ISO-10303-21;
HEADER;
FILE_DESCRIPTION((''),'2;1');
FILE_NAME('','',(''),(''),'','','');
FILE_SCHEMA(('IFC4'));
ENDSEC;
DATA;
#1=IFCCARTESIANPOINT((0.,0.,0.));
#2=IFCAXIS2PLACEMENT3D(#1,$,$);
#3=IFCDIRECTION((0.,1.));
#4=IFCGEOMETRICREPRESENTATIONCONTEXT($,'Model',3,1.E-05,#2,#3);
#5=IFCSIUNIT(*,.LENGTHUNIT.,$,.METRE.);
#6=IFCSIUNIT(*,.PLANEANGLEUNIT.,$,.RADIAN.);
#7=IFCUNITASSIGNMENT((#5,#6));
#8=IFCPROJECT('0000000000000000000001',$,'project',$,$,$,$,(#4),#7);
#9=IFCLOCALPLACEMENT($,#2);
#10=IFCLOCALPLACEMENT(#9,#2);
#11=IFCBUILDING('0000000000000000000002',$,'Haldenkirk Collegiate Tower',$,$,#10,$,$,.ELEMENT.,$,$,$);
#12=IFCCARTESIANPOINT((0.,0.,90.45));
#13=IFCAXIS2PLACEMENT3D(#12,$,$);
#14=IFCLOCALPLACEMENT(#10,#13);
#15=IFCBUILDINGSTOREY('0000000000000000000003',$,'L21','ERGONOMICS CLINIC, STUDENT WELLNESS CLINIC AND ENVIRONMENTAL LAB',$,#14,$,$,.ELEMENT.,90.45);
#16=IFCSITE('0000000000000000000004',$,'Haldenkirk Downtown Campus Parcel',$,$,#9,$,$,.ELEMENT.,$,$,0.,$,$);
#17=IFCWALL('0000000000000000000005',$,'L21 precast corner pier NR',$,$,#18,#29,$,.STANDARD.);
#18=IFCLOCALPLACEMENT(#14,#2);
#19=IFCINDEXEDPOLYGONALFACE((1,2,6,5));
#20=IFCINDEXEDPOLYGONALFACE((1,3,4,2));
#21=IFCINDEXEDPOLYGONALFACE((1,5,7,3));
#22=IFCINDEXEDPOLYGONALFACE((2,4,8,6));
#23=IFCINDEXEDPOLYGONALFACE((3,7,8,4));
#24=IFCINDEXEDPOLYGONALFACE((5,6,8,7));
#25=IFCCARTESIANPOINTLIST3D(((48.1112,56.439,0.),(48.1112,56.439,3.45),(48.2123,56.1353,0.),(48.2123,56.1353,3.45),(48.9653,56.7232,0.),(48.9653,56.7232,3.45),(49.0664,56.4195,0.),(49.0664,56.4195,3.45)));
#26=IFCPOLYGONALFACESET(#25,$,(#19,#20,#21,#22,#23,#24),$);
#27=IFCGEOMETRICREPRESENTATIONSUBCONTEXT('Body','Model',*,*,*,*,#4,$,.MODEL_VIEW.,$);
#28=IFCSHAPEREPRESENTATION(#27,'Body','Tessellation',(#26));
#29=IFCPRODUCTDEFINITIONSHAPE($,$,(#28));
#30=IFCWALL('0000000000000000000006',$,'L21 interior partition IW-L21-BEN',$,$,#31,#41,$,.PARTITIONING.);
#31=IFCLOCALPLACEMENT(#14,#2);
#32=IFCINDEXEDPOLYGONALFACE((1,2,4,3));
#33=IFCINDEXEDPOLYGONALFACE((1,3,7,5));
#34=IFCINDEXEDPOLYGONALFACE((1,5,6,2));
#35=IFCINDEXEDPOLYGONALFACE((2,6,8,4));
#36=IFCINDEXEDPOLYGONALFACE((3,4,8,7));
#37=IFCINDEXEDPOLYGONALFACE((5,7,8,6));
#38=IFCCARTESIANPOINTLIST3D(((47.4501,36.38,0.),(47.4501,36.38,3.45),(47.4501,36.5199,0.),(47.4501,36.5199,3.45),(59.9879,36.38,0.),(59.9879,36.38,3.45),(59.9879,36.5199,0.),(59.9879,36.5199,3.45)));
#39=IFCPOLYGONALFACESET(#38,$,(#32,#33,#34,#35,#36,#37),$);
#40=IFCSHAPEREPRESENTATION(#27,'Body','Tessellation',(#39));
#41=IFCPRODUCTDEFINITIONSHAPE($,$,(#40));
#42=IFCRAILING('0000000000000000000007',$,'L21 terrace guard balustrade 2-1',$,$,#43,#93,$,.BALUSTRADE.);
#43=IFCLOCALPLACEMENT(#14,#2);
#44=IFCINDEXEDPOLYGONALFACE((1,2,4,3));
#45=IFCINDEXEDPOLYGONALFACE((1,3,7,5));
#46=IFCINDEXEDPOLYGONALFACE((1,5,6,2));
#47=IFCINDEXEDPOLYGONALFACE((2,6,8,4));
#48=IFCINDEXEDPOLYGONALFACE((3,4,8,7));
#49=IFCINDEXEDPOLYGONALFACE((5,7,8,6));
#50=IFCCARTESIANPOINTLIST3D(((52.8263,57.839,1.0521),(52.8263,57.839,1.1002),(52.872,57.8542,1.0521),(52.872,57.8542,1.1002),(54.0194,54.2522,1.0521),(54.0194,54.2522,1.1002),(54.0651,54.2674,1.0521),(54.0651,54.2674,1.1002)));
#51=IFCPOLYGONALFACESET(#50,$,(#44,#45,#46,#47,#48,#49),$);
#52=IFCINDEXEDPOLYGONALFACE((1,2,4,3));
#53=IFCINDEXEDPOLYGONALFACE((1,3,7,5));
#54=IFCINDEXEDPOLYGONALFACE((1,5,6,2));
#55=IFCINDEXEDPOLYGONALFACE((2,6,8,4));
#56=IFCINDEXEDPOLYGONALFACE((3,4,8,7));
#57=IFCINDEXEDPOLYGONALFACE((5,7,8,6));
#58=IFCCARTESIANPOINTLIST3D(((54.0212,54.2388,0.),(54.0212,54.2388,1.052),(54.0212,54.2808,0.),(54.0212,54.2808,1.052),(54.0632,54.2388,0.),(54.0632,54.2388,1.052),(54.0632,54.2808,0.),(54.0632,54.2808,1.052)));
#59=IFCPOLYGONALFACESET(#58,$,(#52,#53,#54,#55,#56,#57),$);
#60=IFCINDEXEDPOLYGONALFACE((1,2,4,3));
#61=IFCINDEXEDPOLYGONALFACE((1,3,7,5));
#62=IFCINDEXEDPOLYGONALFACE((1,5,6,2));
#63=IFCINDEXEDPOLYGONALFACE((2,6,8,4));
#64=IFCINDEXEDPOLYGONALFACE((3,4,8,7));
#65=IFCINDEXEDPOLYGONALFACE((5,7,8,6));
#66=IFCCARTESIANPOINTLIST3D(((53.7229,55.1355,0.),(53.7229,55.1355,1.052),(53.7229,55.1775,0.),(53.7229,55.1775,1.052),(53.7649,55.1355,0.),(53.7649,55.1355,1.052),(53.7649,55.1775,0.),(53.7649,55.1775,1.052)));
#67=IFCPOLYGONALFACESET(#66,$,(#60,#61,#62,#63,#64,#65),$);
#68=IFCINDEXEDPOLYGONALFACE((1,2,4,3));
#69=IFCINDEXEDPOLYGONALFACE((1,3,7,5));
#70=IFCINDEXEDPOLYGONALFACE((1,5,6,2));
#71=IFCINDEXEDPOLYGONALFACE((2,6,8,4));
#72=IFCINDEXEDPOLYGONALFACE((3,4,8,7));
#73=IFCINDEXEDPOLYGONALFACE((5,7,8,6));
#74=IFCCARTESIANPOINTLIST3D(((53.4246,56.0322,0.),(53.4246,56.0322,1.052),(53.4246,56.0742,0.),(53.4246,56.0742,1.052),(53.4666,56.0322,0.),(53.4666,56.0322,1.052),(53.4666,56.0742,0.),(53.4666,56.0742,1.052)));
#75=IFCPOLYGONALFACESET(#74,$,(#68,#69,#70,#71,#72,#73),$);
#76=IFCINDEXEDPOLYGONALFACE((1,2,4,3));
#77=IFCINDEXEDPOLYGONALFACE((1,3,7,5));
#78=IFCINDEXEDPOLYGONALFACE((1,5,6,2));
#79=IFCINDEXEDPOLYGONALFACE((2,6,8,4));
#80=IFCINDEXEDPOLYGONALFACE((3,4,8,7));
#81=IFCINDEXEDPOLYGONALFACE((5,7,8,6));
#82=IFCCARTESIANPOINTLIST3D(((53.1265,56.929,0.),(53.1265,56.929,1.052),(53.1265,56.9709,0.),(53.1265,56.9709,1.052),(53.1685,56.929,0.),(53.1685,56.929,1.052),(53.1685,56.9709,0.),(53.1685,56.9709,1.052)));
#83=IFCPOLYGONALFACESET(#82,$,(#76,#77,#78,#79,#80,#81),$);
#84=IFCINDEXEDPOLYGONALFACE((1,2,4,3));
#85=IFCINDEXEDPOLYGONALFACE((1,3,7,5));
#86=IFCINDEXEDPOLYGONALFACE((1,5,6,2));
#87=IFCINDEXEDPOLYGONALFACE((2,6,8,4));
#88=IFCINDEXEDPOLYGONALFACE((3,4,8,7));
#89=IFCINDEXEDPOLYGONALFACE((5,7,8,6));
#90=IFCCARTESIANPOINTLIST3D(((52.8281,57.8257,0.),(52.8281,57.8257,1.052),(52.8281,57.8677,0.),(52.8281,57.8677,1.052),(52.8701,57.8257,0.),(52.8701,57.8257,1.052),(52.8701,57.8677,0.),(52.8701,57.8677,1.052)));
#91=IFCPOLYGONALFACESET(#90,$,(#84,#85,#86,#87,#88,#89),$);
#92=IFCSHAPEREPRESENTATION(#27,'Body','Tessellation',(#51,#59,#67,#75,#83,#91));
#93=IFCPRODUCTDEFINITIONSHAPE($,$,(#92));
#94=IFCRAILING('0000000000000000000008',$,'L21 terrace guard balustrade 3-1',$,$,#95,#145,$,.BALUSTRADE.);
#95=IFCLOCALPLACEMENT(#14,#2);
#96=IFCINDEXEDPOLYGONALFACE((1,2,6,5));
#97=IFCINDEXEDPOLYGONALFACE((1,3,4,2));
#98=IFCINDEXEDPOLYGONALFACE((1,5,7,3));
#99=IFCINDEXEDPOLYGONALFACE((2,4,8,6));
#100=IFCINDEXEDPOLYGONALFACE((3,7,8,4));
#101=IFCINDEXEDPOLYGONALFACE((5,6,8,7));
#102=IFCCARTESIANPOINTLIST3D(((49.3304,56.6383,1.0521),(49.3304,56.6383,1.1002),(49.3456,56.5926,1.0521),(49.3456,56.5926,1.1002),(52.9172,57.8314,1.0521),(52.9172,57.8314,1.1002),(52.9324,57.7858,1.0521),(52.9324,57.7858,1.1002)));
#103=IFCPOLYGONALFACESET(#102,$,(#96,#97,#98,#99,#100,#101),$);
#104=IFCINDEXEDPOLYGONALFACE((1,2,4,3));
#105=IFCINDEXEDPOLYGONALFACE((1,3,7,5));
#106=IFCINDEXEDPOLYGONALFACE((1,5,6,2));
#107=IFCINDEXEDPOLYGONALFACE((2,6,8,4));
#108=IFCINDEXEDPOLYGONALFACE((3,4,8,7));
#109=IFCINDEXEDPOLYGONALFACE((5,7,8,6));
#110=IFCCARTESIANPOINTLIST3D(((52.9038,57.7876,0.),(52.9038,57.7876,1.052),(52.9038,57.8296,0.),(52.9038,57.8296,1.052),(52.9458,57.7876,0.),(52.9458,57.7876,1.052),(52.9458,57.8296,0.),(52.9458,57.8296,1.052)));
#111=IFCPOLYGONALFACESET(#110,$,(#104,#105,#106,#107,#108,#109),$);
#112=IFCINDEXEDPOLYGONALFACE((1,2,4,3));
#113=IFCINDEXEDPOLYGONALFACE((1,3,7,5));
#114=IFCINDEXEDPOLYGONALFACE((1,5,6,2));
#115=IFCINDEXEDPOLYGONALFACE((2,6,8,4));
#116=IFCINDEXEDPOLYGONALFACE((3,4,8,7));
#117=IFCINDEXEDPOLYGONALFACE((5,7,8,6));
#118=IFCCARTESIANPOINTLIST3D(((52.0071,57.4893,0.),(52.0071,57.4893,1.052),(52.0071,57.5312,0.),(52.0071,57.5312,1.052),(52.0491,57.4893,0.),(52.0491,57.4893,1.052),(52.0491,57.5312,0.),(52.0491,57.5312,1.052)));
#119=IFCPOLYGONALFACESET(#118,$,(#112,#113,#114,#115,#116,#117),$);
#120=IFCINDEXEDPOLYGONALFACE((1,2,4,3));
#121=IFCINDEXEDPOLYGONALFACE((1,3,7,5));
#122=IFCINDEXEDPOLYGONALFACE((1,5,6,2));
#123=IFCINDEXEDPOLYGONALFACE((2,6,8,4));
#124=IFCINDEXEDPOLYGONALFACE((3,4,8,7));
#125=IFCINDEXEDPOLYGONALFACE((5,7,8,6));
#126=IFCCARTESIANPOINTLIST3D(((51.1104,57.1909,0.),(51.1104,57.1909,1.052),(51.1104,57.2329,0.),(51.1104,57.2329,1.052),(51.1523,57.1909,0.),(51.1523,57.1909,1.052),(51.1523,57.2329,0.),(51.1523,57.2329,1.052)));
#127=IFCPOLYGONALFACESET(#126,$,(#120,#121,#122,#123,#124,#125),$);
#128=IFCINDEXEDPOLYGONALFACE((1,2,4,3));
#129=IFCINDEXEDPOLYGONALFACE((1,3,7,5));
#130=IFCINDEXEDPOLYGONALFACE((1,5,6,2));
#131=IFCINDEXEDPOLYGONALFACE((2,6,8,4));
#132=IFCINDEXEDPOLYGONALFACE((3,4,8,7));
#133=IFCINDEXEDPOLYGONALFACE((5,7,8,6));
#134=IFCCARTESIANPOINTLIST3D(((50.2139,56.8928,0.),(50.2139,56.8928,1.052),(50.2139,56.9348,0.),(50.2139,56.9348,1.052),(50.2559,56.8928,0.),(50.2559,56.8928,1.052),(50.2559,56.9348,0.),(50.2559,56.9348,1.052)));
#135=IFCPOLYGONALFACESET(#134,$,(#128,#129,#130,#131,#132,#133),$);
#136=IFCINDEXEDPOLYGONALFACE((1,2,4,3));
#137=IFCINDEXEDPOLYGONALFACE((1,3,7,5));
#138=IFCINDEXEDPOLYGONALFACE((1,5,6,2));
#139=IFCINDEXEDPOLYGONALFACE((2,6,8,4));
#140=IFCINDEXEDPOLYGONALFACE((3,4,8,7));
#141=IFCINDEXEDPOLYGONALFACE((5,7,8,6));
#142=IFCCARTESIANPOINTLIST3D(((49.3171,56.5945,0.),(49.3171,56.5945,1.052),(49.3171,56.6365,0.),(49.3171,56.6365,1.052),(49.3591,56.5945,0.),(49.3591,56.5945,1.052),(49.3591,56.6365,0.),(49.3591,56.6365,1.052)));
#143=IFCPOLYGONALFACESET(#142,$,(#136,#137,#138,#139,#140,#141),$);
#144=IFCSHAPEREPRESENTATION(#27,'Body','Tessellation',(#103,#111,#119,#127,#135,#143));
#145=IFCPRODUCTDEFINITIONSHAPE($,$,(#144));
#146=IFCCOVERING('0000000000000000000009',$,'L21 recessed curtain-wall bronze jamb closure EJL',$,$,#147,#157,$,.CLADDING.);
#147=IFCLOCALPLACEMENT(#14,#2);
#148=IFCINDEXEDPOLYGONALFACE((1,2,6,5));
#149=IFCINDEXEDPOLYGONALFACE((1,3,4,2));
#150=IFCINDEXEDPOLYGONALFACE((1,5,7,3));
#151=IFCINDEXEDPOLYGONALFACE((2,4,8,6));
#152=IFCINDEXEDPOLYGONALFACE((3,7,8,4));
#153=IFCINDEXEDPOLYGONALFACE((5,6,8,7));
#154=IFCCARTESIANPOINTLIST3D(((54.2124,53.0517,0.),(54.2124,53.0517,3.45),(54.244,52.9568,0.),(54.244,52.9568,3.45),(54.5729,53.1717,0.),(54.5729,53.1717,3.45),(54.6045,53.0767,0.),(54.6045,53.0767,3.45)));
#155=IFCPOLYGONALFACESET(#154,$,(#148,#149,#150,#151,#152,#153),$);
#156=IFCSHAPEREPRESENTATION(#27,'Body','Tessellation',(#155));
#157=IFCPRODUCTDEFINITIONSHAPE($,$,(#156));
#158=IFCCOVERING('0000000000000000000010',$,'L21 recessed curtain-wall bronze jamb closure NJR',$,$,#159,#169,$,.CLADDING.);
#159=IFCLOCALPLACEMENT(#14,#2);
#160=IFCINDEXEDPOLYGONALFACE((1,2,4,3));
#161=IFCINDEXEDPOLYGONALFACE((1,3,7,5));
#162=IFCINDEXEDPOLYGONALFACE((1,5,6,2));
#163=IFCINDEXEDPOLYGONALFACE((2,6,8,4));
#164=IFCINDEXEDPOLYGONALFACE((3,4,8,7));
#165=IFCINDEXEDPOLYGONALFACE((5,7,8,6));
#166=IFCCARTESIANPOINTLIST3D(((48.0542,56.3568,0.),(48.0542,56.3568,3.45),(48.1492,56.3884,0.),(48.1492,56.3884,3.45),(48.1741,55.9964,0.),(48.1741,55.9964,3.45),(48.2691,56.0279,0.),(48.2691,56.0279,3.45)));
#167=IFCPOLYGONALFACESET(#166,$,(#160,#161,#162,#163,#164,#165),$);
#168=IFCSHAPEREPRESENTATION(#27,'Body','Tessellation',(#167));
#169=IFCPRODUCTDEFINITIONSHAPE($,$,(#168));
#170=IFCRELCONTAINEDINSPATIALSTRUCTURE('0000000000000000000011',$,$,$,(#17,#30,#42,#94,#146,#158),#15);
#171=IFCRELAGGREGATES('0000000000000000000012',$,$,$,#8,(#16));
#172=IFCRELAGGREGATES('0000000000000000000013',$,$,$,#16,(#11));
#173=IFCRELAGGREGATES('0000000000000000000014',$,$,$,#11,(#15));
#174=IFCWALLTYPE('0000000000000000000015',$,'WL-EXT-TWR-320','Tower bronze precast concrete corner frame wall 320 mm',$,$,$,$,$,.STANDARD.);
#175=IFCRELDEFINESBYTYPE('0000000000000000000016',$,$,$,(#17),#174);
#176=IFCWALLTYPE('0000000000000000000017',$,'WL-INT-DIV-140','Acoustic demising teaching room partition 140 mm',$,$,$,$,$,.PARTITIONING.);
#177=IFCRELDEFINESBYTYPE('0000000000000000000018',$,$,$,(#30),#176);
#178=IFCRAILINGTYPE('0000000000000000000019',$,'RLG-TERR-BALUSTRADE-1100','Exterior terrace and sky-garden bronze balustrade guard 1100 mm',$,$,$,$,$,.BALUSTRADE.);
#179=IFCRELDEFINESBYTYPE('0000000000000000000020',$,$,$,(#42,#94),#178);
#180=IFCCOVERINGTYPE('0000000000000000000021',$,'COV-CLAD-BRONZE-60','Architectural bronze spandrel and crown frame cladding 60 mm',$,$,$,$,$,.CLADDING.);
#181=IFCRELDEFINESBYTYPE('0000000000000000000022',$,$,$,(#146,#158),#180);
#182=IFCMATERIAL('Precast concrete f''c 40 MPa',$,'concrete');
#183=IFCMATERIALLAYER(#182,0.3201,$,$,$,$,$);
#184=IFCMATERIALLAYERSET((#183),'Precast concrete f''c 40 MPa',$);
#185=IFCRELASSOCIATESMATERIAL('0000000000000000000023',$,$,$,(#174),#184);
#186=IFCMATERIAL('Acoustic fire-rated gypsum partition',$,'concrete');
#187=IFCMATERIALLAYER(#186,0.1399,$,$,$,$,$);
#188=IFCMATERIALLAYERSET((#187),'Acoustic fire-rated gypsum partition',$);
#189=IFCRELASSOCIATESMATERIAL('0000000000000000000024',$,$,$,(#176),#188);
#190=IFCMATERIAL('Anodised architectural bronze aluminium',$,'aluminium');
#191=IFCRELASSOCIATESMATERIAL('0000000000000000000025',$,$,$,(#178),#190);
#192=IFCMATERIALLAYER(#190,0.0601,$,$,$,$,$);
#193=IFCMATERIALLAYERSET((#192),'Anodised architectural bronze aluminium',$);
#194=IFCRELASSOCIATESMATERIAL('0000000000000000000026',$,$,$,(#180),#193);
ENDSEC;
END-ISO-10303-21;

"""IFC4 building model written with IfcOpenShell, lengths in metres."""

from ifc_helpers import new_model, si_unit, direction, frame, frame_2d, origin, origin_2d, place, context, subcontext, project, spatial, rectangle, extrude, source, transform, mapped, material, layer, layer_set, type_object, element, save


model = new_model("IFC4")

# Units and contexts
model_context = context("Model", 3, precision=1e-05, world=origin(), true_north=direction((0.0, 1.0)))
body_context = subcontext(model_context, "Body", "Model", "MODEL_VIEW")
ifc_project = project(units=[si_unit("LENGTHUNIT", "METRE"), si_unit("PLANEANGLEUNIT", "RADIAN")], contexts=[model_context])

# Site, building, storey
site_placement = place(None, origin())
site = spatial("IfcSite", under=ifc_project, at=site_placement, Name="Haldenkirk Downtown Campus Parcel", CompositionType="ELEMENT", RefElevation=0.0)
building_placement = place(site_placement, origin())
building = spatial("IfcBuilding", under=site, at=building_placement, Name="Haldenkirk Collegiate Tower", CompositionType="ELEMENT")
storey_placement = place(building_placement, frame((0.0, 0.0, 90.45)))
storey = spatial("IfcBuildingStorey", under=building, at=storey_placement, Name="L21", Description="ERGONOMICS CLINIC, STUDENT WELLNESS CLINIC AND ENVIRONMENTAL LAB", CompositionType="ELEMENT", Elevation=90.45)

# Shared definitions
ifc_material_1 = material(Name="Anodised architectural bronze aluminium", Category="aluminium")

# Shared definitions
ifc_material_2 = material(Name="Precast concrete f'c 40 MPa", Category="concrete")
ifc_layer_1 = layer(ifc_material_2, 0.3201)
ifc_layer_set_1 = layer_set([ifc_layer_1], Name="Precast concrete f'c 40 MPa")
wall_type_1 = type_object("IfcWallType", Name="WL-EXT-TWR-320", Description="Tower bronze precast concrete corner frame wall 320 mm", PredefinedType="STANDARD", material=ifc_layer_set_1)

# Walls
wall_1_placement = place(storey_placement, frame((48.1616, 56.2871, 0.0), z_axis=(0.0, 0.0, 1.0), x_axis=(0.948846, 0.315739, 0.0)))
element("IfcWall", 1, at=wall_1_placement, inside=storey, type_object=wall_type_1, Name="L21 precast corner pier NR", PredefinedType="STANDARD", context=body_context, shape_type="SweptSolid", body=[
    extrude(rectangle(XDim=0.9001, YDim=0.3201, at=frame_2d((0.4502, 0.0))), origin(), (0.0, 0.0, 1.0), 3.45),
])
ifc_material_3 = material(Name="Acoustic fire-rated gypsum partition", Category="concrete")
ifc_layer_2 = layer(ifc_material_3, 0.1399)
ifc_layer_set_2 = layer_set([ifc_layer_2], Name="Acoustic fire-rated gypsum partition")
wall_type_2 = type_object("IfcWallType", Name="WL-INT-DIV-140", Description="Acoustic demising teaching room partition 140 mm", PredefinedType="PARTITIONING", material=ifc_layer_set_2)
wall_2_placement = place(storey_placement, frame((47.45, 36.45, 0.0), z_axis=(0.0, 0.0, 1.0), x_axis=(1.0, 0.0, 0.0)))
element("IfcWall", 2, at=wall_2_placement, inside=storey, type_object=wall_type_2, Name="L21 interior partition IW-L21-BEN", PredefinedType="PARTITIONING", context=body_context, shape_type="SweptSolid", body=[
    extrude(rectangle(XDim=12.5378, YDim=0.1399, at=frame_2d((6.269, 0.0))), origin(), (0.0, 0.0, 1.0), 3.45),
])

# Railings
railing_type = type_object("IfcRailingType", Name="RLG-TERR-BALUSTRADE-1100", Description="Exterior terrace and sky-garden bronze balustrade guard 1100 mm", PredefinedType="BALUSTRADE", material=ifc_material_1)
railing_1_placement = place(storey_placement, frame((54.0422, 54.2598, 0.0)))
element("IfcRailing", 3, at=railing_1_placement, inside=storey, type_object=railing_type, Name="L21 terrace guard balustrade 2-1", PredefinedType="BALUSTRADE", context=body_context, shape_type="SweptSolid", body=[
    extrude(rectangle(XDim=0.0481, YDim=0.0481, at=origin_2d()), frame((0.0, 0.0, 1.0762), z_axis=(-0.315627, 0.948883, 0.0), x_axis=(-0.948883, -0.315627, 0.0)), (0.0, 0.0, 1.0), 3.78),
    extrude(rectangle(XDim=0.042, YDim=0.042, at=origin_2d()), origin(), (0.0, 0.0, 1.0), 1.052),
    extrude(rectangle(XDim=0.042, YDim=0.042, at=origin_2d()), frame((-0.2983, 0.8967, 0.0)), (0.0, 0.0, 1.0), 1.052),
    extrude(rectangle(XDim=0.042, YDim=0.042, at=origin_2d()), frame((-0.5967, 1.7935, 0.0)), (0.0, 0.0, 1.0), 1.052),
    extrude(rectangle(XDim=0.042, YDim=0.042, at=origin_2d()), frame((-0.8948, 2.6902, 0.0)), (0.0, 0.0, 1.0), 1.052),
    extrude(rectangle(XDim=0.042, YDim=0.042, at=origin_2d()), frame((-1.1931, 3.5869, 0.0)), (0.0, 0.0, 1.0), 1.052),
])
railing_2_placement = place(storey_placement, frame((52.9248, 57.8086, 0.0)))
element("IfcRailing", 4, at=railing_2_placement, inside=storey, type_object=railing_type, Name="L21 terrace guard balustrade 3-1", PredefinedType="BALUSTRADE", context=body_context, shape_type="SweptSolid", body=[
    extrude(rectangle(XDim=0.0481, YDim=0.0481, at=origin_2d()), frame((0.0, 0.0, 1.0762), z_axis=(-0.948877, -0.315646, 0.0), x_axis=(0.315646, -0.948877, 0.0)), (0.0, 0.0, 1.0), 3.78),
    extrude(rectangle(XDim=0.042, YDim=0.042, at=origin_2d()), origin(), (0.0, 0.0, 1.0), 1.052),
    extrude(rectangle(XDim=0.042, YDim=0.042, at=origin_2d()), frame((-0.8967, -0.2983, 0.0)), (0.0, 0.0, 1.0), 1.052),
    extrude(rectangle(XDim=0.042, YDim=0.042, at=origin_2d()), frame((-1.7935, -0.5967, 0.0)), (0.0, 0.0, 1.0), 1.052),
    extrude(rectangle(XDim=0.042, YDim=0.042, at=origin_2d()), frame((-2.6899, -0.8948, 0.0)), (0.0, 0.0, 1.0), 1.052),
    extrude(rectangle(XDim=0.042, YDim=0.042, at=origin_2d()), frame((-3.5867, -1.1931, 0.0)), (0.0, 0.0, 1.0), 1.052),
])

# Coverings
ifc_layer_3 = layer(ifc_material_1, 0.0601)
ifc_layer_set_3 = layer_set([ifc_layer_3], Name="Anodised architectural bronze aluminium")
covering_type = type_object("IfcCoveringType", Name="COV-CLAD-BRONZE-60", Description="Architectural bronze spandrel and crown frame cladding 60 mm", PredefinedType="CLADDING", material=ifc_layer_set_3)
shared_shape_1 = source(origin(), body_context, "Body", "SweptSolid", [
    extrude(rectangle(XDim=0.1001, YDim=0.3799, at=origin_2d()), origin(), (0.0, 0.0, 1.0), 3.45),
])
for number, where, z_axis, x_axis, name in (
    (5, (54.4084, 53.0642, 0.0), (0.0, 0.0, 1.0), (0.315649, -0.948876, 0.0), "L21 recessed curtain-wall bronze jamb closure EJL"),
    (6, (48.1616, 56.1924, 0.0), (0.0, 0.0, 1.0), (0.948876, 0.315649, 0.0), "L21 recessed curtain-wall bronze jamb closure NJR"),
):
    element("IfcCovering", number, at=place(storey_placement, frame(where, z_axis=z_axis, x_axis=x_axis)), inside=storey, type_object=covering_type, Name=name, PredefinedType="CLADDING", context=body_context, shape_type="MappedRepresentation", body=[
        mapped(shared_shape_1, transform((0.0, 0.0, 0.0), x_axis=(1.0, 0.0, 0.0), y_axis=(0.0, 1.0, 0.0), z_axis=(0.0, 0.0, 1.0), scale=1.0)),
    ])

save(model, "model.ifc")
